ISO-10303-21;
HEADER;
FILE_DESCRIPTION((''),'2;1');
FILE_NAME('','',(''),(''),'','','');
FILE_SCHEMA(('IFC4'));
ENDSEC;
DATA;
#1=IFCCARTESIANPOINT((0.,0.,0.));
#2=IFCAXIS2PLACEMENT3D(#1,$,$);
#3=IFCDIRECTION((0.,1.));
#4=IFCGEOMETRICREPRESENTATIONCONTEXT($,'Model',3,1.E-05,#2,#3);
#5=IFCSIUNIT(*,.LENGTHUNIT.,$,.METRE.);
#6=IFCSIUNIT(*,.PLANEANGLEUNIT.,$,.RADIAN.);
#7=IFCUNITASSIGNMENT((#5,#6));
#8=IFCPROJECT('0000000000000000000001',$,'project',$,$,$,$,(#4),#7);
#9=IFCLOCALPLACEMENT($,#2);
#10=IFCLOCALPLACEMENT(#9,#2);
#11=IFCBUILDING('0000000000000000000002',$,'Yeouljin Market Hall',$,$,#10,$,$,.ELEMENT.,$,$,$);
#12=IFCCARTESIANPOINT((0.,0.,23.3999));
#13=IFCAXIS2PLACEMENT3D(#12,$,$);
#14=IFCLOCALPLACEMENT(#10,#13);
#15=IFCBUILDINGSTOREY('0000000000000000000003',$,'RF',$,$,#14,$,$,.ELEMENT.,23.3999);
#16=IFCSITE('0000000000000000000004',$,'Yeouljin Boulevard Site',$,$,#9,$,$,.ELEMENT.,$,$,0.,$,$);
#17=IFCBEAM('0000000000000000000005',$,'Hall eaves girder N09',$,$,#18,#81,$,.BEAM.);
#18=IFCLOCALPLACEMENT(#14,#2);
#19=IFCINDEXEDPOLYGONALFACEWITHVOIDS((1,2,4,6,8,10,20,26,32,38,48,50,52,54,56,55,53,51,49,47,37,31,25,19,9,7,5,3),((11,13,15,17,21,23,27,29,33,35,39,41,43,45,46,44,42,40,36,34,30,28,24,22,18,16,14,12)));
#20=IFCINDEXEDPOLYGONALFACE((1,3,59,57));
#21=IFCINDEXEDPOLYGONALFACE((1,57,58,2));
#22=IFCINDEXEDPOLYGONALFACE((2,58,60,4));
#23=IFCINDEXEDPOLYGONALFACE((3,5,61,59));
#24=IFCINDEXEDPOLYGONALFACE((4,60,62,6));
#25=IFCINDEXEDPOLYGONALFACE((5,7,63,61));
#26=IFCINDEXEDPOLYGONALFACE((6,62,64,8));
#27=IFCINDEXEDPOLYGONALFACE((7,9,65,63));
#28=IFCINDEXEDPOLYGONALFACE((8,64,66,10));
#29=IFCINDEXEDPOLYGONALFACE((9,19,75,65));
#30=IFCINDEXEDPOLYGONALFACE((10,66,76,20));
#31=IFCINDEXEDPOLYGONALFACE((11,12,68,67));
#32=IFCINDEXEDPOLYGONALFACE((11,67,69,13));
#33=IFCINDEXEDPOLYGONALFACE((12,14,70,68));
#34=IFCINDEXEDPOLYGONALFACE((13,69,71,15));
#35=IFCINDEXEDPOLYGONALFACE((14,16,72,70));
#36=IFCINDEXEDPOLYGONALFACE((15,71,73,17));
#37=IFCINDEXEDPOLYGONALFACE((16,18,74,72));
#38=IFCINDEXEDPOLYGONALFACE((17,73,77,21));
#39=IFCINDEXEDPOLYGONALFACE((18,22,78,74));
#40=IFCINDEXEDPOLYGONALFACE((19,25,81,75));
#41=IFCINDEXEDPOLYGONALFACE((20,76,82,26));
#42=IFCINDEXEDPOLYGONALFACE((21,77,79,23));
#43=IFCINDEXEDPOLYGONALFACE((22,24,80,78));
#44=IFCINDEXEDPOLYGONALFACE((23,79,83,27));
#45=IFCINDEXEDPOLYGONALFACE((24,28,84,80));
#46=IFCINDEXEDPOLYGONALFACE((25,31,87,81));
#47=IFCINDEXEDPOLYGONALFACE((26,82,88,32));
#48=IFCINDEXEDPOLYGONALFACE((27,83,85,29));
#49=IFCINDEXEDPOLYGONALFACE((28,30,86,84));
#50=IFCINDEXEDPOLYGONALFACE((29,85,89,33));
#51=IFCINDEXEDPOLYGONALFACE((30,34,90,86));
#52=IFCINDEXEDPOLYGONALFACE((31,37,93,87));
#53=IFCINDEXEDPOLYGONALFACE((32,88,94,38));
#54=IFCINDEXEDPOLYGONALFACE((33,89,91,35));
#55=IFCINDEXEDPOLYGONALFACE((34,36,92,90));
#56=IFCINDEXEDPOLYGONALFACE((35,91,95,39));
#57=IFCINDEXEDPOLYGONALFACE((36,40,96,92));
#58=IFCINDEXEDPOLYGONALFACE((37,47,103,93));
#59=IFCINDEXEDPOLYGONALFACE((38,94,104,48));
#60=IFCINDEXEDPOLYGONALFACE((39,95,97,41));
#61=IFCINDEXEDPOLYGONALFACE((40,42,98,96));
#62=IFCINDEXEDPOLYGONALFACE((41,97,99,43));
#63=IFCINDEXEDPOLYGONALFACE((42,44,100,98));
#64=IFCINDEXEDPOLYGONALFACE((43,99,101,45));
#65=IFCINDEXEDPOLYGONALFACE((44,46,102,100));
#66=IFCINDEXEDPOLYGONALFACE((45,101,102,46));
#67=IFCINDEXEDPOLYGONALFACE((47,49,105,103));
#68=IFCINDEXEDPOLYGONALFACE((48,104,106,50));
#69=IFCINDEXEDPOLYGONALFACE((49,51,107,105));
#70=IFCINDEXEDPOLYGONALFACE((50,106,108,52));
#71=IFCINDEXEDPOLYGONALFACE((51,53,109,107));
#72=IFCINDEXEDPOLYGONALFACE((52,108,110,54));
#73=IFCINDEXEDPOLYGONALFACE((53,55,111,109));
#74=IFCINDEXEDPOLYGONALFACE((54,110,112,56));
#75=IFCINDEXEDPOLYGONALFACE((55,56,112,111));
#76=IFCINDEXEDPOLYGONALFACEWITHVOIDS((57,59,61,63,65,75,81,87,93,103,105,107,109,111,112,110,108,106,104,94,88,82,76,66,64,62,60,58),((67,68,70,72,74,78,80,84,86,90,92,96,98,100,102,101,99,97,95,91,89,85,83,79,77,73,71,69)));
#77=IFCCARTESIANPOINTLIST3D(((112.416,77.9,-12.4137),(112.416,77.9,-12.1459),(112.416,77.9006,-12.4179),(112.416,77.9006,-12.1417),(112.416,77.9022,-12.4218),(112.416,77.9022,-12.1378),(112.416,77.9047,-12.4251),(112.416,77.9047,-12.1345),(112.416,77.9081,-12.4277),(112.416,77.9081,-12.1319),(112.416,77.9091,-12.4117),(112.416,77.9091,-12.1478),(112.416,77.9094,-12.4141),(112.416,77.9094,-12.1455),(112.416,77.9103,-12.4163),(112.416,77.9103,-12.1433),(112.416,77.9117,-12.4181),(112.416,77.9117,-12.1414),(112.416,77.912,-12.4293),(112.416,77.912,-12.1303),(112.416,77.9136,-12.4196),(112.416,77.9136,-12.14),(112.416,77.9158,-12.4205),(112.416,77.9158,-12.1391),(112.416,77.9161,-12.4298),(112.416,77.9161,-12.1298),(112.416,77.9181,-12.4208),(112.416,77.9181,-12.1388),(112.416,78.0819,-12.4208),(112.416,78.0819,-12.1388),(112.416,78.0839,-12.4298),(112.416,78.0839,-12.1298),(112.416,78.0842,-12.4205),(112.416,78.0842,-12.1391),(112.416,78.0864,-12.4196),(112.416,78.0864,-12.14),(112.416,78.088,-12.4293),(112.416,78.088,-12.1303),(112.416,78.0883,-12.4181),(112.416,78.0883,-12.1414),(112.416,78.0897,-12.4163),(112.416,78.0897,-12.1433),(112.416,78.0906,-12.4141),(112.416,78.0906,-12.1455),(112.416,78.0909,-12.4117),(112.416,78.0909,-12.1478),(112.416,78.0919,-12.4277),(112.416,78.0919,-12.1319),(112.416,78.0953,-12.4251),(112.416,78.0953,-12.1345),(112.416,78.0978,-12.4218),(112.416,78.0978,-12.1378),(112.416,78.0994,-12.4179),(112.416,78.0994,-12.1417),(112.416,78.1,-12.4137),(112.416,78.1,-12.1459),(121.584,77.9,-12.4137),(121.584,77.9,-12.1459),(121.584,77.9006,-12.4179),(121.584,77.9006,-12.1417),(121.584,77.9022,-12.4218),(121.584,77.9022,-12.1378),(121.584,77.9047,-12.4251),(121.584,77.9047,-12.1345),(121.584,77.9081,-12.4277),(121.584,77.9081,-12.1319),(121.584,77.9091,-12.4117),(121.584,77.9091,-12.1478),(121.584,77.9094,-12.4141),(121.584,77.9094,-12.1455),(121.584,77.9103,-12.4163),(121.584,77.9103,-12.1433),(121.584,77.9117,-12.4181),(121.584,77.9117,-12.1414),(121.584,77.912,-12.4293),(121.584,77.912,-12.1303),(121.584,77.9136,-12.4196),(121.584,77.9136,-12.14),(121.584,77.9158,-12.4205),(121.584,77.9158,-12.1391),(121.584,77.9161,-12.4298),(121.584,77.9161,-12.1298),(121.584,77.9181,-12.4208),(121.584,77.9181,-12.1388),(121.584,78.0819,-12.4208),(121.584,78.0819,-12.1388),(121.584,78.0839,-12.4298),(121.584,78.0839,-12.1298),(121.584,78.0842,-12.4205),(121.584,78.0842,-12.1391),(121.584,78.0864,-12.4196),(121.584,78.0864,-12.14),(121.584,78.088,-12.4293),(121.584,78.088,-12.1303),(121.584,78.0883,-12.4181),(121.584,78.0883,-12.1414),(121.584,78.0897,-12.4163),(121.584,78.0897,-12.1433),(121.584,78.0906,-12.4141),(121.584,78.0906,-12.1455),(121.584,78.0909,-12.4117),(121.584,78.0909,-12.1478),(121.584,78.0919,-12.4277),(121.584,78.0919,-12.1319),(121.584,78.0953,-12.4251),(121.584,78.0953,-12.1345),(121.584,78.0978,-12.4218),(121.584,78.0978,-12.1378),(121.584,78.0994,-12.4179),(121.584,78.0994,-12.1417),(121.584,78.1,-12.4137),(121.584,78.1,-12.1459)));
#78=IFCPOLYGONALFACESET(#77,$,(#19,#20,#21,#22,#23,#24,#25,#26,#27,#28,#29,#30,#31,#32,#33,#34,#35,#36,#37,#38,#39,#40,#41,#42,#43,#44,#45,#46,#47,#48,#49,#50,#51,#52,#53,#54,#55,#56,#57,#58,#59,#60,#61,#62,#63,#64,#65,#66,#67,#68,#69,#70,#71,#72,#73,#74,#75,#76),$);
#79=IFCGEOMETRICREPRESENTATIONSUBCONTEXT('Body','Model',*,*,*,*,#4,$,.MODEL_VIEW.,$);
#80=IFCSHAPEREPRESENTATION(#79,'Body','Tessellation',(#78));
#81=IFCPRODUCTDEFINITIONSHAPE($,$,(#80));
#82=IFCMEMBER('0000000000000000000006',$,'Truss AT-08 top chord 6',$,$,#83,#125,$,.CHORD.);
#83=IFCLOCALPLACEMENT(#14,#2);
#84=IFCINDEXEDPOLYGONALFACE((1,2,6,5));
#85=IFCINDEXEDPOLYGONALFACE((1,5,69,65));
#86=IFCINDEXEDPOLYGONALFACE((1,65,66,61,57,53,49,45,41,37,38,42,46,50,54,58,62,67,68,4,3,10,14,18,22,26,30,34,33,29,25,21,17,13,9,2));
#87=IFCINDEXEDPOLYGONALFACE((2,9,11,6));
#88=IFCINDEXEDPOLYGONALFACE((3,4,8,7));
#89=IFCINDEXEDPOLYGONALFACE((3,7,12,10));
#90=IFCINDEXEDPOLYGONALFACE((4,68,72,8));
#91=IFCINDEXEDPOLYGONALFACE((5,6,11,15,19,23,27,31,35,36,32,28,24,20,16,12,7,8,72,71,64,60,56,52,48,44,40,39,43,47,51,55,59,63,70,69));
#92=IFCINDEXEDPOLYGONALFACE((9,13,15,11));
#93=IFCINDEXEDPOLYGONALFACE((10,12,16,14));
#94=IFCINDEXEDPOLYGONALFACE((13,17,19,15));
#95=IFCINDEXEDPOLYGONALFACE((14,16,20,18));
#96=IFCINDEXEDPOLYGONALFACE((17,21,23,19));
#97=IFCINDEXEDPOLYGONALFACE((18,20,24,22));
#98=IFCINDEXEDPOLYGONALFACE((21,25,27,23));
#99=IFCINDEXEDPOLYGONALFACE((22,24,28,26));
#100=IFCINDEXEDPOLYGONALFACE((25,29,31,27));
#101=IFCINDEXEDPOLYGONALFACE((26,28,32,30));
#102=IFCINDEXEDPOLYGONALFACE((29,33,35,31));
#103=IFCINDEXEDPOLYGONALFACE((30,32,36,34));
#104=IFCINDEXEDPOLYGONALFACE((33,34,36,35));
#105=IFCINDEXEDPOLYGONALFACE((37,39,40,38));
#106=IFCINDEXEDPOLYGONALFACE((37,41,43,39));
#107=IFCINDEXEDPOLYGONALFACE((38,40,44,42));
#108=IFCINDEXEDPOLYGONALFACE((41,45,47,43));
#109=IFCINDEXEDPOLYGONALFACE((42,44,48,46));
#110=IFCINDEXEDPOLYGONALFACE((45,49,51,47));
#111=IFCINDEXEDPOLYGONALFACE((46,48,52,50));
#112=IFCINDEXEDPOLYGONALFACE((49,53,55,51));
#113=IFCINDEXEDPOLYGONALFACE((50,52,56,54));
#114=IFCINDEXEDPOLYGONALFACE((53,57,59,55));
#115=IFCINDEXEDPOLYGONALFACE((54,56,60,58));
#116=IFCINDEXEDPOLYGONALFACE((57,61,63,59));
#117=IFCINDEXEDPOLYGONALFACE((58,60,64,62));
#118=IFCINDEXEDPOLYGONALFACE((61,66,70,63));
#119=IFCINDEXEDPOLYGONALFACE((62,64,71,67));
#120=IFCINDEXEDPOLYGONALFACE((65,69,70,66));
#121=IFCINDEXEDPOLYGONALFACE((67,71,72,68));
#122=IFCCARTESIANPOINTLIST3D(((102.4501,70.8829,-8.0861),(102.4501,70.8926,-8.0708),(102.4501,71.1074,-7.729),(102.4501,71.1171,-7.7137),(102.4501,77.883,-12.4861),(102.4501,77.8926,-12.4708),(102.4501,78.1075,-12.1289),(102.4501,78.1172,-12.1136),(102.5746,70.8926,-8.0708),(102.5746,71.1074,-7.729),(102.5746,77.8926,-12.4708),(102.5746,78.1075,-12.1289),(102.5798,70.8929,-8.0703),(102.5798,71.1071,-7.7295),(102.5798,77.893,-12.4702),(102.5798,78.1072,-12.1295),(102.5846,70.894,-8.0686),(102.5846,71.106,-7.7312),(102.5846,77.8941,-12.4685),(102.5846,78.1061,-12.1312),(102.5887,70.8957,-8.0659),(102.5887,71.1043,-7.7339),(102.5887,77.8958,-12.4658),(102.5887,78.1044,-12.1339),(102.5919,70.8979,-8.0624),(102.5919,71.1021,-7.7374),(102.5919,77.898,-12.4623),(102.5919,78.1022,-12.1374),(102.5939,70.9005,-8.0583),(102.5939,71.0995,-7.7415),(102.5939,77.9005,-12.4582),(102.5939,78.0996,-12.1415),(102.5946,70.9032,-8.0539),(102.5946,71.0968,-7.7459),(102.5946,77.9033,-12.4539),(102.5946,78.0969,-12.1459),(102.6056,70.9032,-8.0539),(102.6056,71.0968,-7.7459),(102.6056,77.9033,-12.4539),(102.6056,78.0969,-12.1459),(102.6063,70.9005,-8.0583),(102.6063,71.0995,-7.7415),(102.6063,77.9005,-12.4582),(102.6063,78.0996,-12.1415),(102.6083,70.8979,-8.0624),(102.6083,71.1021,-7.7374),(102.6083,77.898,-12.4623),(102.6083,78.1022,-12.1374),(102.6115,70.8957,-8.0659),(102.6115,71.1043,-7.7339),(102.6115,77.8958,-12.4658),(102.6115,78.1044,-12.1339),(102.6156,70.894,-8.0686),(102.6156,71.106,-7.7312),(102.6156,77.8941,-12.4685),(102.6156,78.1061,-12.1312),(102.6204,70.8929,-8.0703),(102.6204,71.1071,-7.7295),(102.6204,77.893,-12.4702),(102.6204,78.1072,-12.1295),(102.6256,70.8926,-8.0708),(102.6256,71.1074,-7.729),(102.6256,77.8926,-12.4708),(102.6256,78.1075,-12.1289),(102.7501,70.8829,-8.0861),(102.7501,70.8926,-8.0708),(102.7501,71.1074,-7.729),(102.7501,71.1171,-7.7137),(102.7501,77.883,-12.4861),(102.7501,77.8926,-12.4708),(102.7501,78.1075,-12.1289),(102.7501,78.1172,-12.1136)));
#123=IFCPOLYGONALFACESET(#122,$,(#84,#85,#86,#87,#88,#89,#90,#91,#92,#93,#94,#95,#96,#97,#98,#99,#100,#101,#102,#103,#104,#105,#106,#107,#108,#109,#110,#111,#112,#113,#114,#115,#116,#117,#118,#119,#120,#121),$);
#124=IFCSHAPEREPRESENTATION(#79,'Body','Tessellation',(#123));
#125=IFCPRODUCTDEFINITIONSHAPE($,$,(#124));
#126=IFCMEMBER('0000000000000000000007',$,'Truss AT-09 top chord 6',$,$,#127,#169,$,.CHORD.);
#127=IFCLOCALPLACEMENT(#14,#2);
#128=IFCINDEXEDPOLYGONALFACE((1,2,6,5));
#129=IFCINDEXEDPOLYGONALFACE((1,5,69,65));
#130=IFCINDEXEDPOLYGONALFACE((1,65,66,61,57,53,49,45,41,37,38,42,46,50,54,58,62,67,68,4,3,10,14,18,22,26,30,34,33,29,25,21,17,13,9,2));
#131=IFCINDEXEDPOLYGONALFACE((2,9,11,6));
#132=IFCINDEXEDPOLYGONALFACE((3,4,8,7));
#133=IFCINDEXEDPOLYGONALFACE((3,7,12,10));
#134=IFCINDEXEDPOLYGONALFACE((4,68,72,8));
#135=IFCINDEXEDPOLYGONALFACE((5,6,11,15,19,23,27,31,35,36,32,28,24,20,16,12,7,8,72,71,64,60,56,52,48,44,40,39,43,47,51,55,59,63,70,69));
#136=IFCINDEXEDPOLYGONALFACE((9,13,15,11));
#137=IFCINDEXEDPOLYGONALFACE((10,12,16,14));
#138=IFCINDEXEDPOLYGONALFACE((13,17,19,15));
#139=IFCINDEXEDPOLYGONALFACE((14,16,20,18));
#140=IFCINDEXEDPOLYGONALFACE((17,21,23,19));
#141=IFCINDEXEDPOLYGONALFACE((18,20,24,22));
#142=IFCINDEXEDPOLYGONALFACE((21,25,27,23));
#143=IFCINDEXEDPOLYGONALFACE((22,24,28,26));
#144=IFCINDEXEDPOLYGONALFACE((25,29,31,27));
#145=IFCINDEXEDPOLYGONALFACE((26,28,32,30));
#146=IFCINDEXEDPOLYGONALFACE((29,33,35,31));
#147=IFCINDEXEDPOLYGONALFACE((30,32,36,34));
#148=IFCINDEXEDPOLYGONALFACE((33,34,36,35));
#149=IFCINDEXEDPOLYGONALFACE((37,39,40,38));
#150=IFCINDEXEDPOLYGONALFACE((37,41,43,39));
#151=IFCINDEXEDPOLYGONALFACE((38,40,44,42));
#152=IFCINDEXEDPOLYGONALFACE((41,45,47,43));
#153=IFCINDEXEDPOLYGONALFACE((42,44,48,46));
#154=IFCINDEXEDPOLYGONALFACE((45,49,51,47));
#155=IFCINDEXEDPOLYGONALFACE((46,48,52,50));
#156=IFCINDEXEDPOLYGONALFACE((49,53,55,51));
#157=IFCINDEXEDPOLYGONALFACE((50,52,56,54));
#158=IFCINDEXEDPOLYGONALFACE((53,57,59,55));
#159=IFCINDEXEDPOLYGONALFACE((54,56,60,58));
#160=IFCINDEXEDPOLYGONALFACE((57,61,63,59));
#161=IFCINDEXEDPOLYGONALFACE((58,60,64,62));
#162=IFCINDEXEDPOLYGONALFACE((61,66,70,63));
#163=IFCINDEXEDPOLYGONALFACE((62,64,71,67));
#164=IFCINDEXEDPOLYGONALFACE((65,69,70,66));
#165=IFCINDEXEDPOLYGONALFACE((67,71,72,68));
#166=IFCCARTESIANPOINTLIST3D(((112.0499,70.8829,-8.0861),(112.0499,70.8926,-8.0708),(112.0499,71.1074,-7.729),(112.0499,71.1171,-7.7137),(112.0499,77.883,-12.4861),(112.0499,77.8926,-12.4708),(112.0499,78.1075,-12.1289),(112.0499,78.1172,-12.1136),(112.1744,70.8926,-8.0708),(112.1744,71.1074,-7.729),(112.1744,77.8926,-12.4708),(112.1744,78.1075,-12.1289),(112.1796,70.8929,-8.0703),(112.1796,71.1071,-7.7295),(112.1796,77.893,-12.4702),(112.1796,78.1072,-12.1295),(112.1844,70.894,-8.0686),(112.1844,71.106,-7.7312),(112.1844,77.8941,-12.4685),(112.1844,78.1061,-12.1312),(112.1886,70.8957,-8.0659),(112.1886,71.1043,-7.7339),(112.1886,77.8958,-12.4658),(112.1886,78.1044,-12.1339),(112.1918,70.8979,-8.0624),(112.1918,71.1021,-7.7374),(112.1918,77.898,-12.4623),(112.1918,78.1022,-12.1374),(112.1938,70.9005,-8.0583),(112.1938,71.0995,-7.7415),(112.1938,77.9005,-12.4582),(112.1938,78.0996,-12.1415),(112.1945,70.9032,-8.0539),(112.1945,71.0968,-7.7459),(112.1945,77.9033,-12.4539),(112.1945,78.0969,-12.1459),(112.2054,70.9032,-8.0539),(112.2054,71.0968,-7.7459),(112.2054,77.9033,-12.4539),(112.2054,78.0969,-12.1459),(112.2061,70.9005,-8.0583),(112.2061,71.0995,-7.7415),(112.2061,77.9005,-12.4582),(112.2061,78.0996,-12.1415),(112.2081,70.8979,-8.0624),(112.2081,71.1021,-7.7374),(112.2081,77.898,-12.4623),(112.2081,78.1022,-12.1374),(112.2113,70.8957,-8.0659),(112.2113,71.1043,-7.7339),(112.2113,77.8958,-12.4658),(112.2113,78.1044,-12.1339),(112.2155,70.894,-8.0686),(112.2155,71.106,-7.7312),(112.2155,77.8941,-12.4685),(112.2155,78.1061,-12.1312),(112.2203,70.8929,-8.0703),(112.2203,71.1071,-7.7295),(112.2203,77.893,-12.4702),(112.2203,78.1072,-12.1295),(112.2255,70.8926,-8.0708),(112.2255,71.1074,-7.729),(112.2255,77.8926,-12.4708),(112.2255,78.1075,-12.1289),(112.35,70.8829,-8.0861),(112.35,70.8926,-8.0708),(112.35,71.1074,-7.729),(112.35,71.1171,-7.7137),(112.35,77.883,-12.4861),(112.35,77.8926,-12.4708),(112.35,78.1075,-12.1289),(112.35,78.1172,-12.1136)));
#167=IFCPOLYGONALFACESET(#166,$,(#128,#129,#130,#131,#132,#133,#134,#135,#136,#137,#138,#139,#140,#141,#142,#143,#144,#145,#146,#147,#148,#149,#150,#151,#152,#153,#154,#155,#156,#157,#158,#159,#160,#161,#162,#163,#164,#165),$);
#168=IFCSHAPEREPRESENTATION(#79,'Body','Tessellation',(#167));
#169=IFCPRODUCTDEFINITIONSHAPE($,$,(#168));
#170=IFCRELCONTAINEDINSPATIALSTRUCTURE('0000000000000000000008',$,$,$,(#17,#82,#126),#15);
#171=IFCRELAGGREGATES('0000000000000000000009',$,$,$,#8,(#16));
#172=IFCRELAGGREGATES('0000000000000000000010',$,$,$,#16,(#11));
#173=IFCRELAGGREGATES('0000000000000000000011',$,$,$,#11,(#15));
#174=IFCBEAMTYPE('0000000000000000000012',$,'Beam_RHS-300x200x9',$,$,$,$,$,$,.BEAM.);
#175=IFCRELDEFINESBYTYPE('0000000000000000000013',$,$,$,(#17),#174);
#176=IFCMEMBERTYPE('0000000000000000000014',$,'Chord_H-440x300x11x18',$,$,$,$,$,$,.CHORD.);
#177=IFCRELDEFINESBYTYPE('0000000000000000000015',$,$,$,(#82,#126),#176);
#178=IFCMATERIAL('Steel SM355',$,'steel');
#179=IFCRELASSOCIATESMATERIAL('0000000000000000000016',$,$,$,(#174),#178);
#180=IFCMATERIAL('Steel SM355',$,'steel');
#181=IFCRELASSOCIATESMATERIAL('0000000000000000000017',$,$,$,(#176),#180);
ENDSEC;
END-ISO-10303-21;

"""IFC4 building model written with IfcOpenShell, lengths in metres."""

from ifc_helpers import new_model, si_unit, direction, frame, origin, origin_2d, place, context, subcontext, project, spatial, hollow_rectangle, i_section, extrude, material, material_profile, profile_set, type_object, element, save


model = new_model("IFC4")

# Units and contexts
model_context = context("Model", 3, precision=1e-05, world=origin(), true_north=direction((0.0, 1.0)))
body_context = subcontext(model_context, "Body", "Model", "MODEL_VIEW")
ifc_project = project(units=[si_unit("LENGTHUNIT", "METRE"), si_unit("PLANEANGLEUNIT", "RADIAN")], contexts=[model_context])

# Site, building, storey
site_placement = place(None, origin())
site = spatial("IfcSite", under=ifc_project, at=site_placement, Name="Yeouljin Boulevard Site", CompositionType="ELEMENT", RefElevation=0.0)
building_placement = place(site_placement, origin())
building = spatial("IfcBuilding", under=site, at=building_placement, Name="Yeouljin Market Hall", CompositionType="ELEMENT")
storey_placement = place(building_placement, frame((0.0, 0.0, 23.3999)))
storey = spatial("IfcBuildingStorey", under=building, at=storey_placement, Name="RF", CompositionType="ELEMENT", Elevation=23.3999)

# Beam
ifc_material_1 = material(Name="Steel SM355", Category="steel")
ifc_material_profile_1 = material_profile(ifc_material_1, hollow_rectangle(XDim=0.2, YDim=0.3, WallThickness=0.009, InnerFilletRadius=0.009, OuterFilletRadius=0.0161, at=origin_2d()), Name="RHS-300x200x9")
ifc_profile_set_1 = profile_set([ifc_material_profile_1], Name="Steel SM355")
beam_type_1 = type_object("IfcBeamType", Name="Beam_RHS-300x200x9", PredefinedType="BEAM", material=ifc_profile_set_1)
for number, where, z_axis, x_axis, name in (
    (1, (112.416, 78.0, -12.2798), (1.0, 0.0, 0.0), (0.0, 1.0, 0.0), "Hall eaves girder N09"),
):
    element("IfcBeam", number, at=place(storey_placement, frame(where, z_axis=z_axis, x_axis=x_axis)), inside=storey, type_object=beam_type_1, Name=name, PredefinedType="BEAM", context=body_context, shape_type="SweptSolid", body=[
        extrude(hollow_rectangle(XDim=0.2, YDim=0.3, WallThickness=0.009, InnerFilletRadius=0.009, OuterFilletRadius=0.0161, at=origin_2d()), origin(), (0.0, 0.0, 1.0), 9.168),
    ])

# Members
ifc_material_2 = material(Name="Steel SM355", Category="steel")
ifc_material_profile_2 = material_profile(ifc_material_2, i_section(OverallWidth=0.3, OverallDepth=0.4399, WebThickness=0.011, FlangeThickness=0.0181, FilletRadius=0.02, at=origin_2d()), Name="H-440x300x11x18")
ifc_profile_set_2 = profile_set([ifc_material_profile_2], Name="Steel SM355")
member_type_1 = type_object("IfcMemberType", Name="Chord_H-440x300x11x18", PredefinedType="CHORD", material=ifc_profile_set_2)
for number, where, z_axis, x_axis, name in (
    (2, (102.6001, 71.0, -7.8999), (0.0, 0.846642, -0.532163), (-1.0, 0.0, 0.0), "Truss AT-08 top chord 6"),
    (3, (112.2, 71.0, -7.8999), (0.0, 0.846642, -0.532163), (-1.0, 0.0, 0.0), "Truss AT-09 top chord 6"),
):
    element("IfcMember", number, at=place(storey_placement, frame(where, z_axis=z_axis, x_axis=x_axis)), inside=storey, type_object=member_type_1, Name=name, PredefinedType="CHORD", context=body_context, shape_type="SweptSolid", body=[
        extrude(i_section(OverallWidth=0.3, OverallDepth=0.4399, WebThickness=0.011, FlangeThickness=0.0181, FilletRadius=0.02, at=origin_2d()), origin(), (0.0, 0.0, 1.0), 8.2681),
    ])

save(model, "model.ifc")
